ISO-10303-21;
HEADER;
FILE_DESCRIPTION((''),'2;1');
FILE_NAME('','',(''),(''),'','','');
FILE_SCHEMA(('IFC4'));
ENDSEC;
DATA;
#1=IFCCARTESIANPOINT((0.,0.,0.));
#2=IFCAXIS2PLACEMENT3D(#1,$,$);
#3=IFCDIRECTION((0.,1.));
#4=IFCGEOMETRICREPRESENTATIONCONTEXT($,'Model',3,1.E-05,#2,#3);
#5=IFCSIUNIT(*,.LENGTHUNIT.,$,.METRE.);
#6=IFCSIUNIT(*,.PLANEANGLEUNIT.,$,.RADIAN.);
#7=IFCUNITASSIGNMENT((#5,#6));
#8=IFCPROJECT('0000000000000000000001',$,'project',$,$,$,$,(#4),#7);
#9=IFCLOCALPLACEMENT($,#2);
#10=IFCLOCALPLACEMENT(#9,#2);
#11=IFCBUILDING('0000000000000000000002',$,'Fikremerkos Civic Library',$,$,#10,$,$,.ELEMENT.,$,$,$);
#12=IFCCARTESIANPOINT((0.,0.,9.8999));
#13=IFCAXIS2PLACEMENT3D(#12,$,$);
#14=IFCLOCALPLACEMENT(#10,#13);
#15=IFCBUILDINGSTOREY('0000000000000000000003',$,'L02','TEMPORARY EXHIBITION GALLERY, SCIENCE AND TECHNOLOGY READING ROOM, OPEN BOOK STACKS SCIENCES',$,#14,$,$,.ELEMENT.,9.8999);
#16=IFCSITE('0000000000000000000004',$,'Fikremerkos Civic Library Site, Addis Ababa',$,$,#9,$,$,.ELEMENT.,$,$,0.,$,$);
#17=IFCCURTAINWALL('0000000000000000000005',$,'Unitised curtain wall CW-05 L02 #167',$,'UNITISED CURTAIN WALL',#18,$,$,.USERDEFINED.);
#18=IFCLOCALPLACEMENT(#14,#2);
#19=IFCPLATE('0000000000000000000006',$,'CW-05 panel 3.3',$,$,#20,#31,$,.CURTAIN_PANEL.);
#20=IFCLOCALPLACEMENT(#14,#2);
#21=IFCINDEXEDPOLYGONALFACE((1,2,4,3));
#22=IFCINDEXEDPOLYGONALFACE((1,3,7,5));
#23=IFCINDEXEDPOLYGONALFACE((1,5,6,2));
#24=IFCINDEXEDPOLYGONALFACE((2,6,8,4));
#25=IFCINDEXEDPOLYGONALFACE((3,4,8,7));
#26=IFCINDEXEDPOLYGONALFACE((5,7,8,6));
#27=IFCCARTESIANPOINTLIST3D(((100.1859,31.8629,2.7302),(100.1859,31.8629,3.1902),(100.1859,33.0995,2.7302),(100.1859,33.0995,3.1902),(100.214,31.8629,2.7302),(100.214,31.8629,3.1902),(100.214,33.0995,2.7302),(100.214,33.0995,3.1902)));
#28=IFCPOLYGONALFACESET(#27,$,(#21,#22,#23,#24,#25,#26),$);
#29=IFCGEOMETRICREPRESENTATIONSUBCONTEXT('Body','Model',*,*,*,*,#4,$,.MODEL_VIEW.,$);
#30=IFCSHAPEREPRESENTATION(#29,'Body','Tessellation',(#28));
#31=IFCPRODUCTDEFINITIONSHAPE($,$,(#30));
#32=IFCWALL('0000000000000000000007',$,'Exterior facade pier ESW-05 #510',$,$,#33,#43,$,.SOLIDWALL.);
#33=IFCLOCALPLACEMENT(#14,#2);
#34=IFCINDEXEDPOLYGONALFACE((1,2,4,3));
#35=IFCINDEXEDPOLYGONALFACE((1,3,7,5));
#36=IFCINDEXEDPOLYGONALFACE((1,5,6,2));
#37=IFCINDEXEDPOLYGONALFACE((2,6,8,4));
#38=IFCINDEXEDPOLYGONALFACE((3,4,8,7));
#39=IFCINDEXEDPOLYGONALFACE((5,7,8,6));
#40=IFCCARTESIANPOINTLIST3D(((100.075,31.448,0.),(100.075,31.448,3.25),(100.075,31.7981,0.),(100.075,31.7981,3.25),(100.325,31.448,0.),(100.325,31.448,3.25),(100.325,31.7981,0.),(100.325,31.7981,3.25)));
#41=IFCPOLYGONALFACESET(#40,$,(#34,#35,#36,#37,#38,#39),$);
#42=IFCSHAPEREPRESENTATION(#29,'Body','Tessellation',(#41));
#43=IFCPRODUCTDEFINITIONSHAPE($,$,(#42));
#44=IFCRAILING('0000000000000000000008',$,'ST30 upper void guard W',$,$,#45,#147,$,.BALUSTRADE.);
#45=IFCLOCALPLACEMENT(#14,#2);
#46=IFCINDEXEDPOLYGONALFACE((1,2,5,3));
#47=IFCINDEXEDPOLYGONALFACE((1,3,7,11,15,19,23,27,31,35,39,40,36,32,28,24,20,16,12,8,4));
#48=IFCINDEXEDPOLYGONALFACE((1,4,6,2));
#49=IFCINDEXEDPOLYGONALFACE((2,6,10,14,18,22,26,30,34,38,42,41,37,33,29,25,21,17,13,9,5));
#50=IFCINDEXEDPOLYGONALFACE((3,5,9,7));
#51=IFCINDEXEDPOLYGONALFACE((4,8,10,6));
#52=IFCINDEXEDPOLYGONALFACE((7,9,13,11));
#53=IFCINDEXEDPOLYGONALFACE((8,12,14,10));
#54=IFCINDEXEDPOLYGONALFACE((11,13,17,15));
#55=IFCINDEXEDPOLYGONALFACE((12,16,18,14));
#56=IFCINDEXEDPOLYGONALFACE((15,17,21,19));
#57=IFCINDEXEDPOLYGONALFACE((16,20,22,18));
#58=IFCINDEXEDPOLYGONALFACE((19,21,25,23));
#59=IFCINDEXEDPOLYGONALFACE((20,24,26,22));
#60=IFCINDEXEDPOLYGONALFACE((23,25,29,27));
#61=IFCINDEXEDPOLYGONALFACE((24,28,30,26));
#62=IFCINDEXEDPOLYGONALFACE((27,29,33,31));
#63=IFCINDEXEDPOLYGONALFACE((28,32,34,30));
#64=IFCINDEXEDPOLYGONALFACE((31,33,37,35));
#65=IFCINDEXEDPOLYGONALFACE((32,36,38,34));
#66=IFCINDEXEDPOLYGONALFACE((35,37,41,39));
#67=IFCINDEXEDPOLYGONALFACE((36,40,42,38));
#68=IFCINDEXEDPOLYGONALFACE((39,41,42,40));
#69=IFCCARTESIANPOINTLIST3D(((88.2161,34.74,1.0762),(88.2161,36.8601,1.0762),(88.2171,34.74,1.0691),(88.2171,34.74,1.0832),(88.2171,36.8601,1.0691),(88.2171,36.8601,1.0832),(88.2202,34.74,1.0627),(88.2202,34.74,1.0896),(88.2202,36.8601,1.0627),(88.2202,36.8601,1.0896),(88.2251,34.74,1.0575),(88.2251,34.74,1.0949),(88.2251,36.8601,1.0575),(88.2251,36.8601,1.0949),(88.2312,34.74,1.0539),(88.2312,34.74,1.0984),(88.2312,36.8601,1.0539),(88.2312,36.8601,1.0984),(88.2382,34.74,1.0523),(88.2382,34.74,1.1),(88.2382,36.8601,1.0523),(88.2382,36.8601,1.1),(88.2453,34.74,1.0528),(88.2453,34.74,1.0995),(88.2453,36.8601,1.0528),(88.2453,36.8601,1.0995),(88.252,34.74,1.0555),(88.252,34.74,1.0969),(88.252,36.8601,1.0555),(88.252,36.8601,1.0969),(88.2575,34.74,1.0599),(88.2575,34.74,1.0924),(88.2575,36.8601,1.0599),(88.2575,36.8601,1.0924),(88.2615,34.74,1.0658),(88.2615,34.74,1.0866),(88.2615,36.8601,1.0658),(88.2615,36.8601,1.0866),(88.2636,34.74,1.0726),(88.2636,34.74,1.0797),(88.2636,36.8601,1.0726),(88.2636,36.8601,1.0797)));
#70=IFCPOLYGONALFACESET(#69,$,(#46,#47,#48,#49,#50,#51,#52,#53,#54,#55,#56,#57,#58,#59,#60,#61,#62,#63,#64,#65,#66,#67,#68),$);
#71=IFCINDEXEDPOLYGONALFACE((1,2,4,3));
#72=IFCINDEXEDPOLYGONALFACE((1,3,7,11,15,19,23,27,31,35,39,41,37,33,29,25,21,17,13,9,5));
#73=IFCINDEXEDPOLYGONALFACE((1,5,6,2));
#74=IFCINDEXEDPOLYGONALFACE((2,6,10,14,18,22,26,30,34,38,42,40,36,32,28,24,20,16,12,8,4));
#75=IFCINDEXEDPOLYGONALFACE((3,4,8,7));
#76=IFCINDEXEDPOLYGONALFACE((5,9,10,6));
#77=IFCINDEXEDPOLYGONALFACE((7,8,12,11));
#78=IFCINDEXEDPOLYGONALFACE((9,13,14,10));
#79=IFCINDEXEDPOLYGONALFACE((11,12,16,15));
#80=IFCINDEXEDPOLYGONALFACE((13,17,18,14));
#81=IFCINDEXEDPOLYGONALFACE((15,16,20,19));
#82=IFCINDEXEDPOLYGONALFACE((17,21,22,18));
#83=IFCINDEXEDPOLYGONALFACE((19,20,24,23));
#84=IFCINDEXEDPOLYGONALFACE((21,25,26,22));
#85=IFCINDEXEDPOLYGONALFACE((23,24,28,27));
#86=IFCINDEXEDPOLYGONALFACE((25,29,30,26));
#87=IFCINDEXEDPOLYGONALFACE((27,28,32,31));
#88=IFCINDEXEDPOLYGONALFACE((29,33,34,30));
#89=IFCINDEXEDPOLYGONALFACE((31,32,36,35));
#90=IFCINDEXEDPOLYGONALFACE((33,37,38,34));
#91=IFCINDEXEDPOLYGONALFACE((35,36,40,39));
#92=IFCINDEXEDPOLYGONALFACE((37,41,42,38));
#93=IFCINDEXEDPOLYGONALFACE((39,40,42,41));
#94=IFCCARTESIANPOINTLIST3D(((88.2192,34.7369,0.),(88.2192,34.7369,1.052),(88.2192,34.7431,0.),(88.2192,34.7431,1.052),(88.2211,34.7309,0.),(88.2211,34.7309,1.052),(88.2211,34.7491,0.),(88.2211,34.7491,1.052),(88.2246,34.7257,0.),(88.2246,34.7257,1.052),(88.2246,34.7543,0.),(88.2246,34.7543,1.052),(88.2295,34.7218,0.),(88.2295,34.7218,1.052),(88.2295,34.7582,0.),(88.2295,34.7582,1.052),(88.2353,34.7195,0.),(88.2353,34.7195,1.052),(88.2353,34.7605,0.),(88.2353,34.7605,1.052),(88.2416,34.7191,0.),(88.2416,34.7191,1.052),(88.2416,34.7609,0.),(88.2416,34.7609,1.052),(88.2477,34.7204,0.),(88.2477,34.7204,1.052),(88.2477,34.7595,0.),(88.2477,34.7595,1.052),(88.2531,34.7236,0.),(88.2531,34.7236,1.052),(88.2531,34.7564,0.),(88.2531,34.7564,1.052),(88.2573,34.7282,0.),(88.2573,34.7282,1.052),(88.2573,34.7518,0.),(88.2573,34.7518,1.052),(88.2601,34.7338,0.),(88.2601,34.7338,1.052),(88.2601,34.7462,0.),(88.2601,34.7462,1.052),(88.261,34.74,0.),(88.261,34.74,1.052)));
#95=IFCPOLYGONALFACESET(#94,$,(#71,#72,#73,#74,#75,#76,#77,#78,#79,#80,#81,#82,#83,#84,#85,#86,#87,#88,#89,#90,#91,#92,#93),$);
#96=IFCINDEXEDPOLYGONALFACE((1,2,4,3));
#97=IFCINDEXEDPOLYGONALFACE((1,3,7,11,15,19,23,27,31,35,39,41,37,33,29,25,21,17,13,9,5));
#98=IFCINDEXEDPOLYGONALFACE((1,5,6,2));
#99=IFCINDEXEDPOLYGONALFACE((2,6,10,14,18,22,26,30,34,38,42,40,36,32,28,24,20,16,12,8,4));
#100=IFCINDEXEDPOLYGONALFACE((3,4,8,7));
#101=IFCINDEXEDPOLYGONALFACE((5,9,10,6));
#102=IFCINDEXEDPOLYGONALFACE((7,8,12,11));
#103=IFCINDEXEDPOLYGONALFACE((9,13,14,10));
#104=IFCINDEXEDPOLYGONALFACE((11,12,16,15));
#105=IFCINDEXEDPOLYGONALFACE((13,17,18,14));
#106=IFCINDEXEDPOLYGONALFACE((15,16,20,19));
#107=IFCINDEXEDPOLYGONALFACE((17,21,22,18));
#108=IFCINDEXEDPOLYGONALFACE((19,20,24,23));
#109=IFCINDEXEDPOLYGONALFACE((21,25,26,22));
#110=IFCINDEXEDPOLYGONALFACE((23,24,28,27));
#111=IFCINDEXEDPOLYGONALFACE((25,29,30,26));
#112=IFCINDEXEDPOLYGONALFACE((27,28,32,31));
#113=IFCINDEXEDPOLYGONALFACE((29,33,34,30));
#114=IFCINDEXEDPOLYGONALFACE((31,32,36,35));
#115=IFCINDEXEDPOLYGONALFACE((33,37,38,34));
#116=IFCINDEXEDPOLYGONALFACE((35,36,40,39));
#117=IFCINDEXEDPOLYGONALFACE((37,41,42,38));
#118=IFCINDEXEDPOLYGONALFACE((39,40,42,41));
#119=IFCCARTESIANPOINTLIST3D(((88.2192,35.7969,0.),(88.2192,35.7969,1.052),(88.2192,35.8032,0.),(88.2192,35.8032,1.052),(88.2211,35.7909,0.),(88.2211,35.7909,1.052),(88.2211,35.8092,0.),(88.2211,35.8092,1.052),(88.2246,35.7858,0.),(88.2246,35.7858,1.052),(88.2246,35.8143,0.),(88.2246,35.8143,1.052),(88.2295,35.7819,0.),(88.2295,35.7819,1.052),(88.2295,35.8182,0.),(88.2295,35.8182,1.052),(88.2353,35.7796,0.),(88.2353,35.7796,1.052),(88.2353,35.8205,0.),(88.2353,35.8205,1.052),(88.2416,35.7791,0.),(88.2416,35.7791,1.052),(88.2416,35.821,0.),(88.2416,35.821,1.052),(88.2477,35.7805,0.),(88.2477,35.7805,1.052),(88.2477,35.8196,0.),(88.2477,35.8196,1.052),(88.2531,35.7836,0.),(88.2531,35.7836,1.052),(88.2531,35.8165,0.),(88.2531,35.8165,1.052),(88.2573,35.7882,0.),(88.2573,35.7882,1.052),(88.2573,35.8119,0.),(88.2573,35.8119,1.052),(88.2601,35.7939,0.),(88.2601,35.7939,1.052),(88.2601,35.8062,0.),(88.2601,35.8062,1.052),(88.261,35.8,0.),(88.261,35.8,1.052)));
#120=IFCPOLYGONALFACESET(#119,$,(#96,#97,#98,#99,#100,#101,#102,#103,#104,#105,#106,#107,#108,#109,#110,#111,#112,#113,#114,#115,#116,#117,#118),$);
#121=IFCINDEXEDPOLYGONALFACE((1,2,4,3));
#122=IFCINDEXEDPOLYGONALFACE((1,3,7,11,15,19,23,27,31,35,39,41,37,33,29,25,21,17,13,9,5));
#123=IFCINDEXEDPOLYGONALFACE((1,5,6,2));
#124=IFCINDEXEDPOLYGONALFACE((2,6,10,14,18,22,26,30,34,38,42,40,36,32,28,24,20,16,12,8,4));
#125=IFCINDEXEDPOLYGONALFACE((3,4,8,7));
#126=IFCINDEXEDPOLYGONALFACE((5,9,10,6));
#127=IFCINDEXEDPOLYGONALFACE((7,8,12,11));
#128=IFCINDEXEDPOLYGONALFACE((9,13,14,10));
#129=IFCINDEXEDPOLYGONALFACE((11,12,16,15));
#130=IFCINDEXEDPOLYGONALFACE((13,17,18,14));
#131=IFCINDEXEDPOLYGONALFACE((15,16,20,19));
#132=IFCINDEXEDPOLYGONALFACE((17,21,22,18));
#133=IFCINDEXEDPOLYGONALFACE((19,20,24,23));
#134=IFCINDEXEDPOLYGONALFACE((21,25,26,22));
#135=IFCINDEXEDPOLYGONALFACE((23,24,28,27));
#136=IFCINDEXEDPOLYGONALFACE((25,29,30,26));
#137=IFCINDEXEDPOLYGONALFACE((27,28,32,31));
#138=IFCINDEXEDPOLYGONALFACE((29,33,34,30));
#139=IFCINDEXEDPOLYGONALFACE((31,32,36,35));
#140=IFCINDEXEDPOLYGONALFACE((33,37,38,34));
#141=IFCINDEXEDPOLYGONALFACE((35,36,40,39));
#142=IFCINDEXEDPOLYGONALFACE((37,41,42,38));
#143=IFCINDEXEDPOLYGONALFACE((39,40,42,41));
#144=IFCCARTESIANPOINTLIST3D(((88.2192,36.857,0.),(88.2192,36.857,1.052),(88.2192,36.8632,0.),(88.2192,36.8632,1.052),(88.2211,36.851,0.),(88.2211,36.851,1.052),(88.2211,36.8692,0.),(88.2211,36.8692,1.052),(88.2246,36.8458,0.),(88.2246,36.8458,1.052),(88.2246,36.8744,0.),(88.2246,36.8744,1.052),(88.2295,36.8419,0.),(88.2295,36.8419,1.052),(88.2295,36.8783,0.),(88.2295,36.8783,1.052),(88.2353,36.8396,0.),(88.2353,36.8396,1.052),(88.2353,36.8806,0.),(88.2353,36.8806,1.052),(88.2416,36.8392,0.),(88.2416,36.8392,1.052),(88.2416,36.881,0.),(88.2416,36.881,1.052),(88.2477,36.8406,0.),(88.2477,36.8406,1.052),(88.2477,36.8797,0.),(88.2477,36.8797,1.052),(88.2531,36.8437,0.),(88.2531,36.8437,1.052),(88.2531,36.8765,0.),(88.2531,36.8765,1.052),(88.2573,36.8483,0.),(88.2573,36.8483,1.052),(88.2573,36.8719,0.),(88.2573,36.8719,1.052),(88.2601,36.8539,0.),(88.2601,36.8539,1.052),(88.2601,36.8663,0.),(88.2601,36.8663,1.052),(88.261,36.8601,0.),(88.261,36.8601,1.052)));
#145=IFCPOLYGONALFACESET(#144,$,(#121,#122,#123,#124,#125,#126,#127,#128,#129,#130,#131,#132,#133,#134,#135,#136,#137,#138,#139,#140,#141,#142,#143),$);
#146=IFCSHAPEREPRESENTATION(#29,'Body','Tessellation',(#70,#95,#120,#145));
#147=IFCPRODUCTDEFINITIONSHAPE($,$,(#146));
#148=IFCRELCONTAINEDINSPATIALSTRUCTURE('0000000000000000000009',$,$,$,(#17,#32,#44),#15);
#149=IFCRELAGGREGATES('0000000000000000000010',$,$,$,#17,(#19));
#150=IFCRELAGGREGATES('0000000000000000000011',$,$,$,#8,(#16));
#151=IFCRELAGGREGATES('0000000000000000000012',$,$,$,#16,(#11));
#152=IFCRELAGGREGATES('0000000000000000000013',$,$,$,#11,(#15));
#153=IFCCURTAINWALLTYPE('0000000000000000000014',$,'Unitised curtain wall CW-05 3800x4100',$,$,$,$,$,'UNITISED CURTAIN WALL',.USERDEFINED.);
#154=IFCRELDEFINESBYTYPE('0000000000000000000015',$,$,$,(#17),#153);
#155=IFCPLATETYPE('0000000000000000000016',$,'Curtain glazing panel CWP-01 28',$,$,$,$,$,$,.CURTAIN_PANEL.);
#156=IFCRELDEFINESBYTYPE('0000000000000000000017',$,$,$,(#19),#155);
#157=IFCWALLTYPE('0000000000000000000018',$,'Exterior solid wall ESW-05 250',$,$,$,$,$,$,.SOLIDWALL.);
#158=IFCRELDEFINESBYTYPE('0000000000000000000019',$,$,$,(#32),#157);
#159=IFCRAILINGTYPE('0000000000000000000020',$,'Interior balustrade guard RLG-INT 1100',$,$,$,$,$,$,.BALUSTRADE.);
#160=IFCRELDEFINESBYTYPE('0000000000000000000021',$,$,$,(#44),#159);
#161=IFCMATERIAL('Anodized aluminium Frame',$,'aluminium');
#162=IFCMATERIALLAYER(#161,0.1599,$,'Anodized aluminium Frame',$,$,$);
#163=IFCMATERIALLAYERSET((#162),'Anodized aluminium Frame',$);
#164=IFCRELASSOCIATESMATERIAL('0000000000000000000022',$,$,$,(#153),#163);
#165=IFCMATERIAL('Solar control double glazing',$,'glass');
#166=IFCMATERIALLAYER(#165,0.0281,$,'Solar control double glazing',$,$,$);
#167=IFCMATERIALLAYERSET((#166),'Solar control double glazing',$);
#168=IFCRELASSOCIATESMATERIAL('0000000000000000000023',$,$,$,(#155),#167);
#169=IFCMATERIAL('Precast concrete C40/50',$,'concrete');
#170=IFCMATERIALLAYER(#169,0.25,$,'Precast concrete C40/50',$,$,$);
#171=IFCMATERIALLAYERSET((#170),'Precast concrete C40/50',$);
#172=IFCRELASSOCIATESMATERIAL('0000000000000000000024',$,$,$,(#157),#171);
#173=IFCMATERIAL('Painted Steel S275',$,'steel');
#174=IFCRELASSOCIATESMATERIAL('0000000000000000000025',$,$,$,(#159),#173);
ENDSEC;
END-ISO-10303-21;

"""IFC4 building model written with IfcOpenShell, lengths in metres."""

from ifc_helpers import new_model, si_unit, direction, frame, frame_2d, origin, origin_2d, place, context, subcontext, project, spatial, rectangle, circle, extrude, material, layer, layer_set, type_object, element, aggregate, save


model = new_model("IFC4")

# Units and contexts
model_context = context("Model", 3, precision=1e-05, world=origin(), true_north=direction((0.0, 1.0)))
body_context = subcontext(model_context, "Body", "Model", "MODEL_VIEW")
ifc_project = project(units=[si_unit("LENGTHUNIT", "METRE"), si_unit("PLANEANGLEUNIT", "RADIAN")], contexts=[model_context])

# Site, building, storey
site_placement = place(None, origin())
site = spatial("IfcSite", under=ifc_project, at=site_placement, Name="Fikremerkos Civic Library Site, Addis Ababa", CompositionType="ELEMENT", RefElevation=0.0)
building_placement = place(site_placement, origin())
building = spatial("IfcBuilding", under=site, at=building_placement, Name="Fikremerkos Civic Library", CompositionType="ELEMENT")
storey_placement = place(building_placement, frame((0.0, 0.0, 9.8999)))
storey = spatial("IfcBuildingStorey", under=building, at=storey_placement, Name="L02", Description="TEMPORARY EXHIBITION GALLERY, SCIENCE AND TECHNOLOGY READING ROOM, OPEN BOOK STACKS SCIENCES", CompositionType="ELEMENT", Elevation=9.8999)

# Curtain wall
ifc_material_1 = material(Name="Anodized aluminium Frame", Category="aluminium")
ifc_layer_1 = layer(ifc_material_1, 0.1599, Name="Anodized aluminium Frame")
ifc_layer_set_1 = layer_set([ifc_layer_1], Name="Anodized aluminium Frame")
curtain_wall_type = type_object("IfcCurtainWallType", Name="Unitised curtain wall CW-05 3800x4100", ElementType="UNITISED CURTAIN WALL", PredefinedType="USERDEFINED", material=ifc_layer_set_1)
curtain_wall_placement = place(storey_placement, origin())
curtain_wall = element("IfcCurtainWall", 1, at=curtain_wall_placement, inside=storey, type_object=curtain_wall_type, Name="Unitised curtain wall CW-05 L02 #167", ObjectType="UNITISED CURTAIN WALL", PredefinedType="USERDEFINED")

# Plate
ifc_material_2 = material(Name="Solar control double glazing", Category="glass")
ifc_layer_2 = layer(ifc_material_2, 0.0281, Name="Solar control double glazing")
ifc_layer_set_2 = layer_set([ifc_layer_2], Name="Solar control double glazing")
plate_type = type_object("IfcPlateType", Name="Curtain glazing panel CWP-01 28", PredefinedType="CURTAIN_PANEL", material=ifc_layer_set_2)
plate_1_placement = place(storey_placement, frame((100.2, 32.4812, 2.7302), z_axis=(0.0, 0.0, 1.0), x_axis=(0.0, -1.0, 0.0)))
plate_1 = element("IfcPlate", 2, at=plate_1_placement, type_object=plate_type, Name="CW-05 panel 3.3", PredefinedType="CURTAIN_PANEL", context=body_context, shape_type="SweptSolid", body=[
    extrude(rectangle(XDim=1.2366, YDim=0.0281, at=origin_2d()), origin(), (0.0, 0.0, 1.0), 0.46),
])
aggregate(curtain_wall, [plate_1])

# Wall
ifc_material_3 = material(Name="Precast concrete C40/50", Category="concrete")
ifc_layer_3 = layer(ifc_material_3, 0.25, Name="Precast concrete C40/50")
ifc_layer_set_3 = layer_set([ifc_layer_3], Name="Precast concrete C40/50")
wall_type = type_object("IfcWallType", Name="Exterior solid wall ESW-05 250", PredefinedType="SOLIDWALL", material=ifc_layer_set_3)
wall_placement = place(storey_placement, frame((100.2, 31.7981, 0.0), z_axis=(0.0, 0.0, 1.0), x_axis=(0.0, -1.0, 0.0)))
element("IfcWall", 3, at=wall_placement, inside=storey, type_object=wall_type, Name="Exterior facade pier ESW-05 #510", PredefinedType="SOLIDWALL", context=body_context, shape_type="SweptSolid", body=[
    extrude(rectangle(XDim=0.3501, YDim=0.25, at=frame_2d((0.175, 0.0))), origin(), (0.0, 0.0, 1.0), 3.25),
])

# Railing
ifc_material_4 = material(Name="Painted Steel S275", Category="steel")
railing_type = type_object("IfcRailingType", Name="Interior balustrade guard RLG-INT 1100", PredefinedType="BALUSTRADE", material=ifc_material_4)
railing_placement = place(storey_placement, frame((88.24, 34.74, 0.0)))
element("IfcRailing", 4, at=railing_placement, inside=storey, type_object=railing_type, Name="ST30 upper void guard W", PredefinedType="BALUSTRADE", context=body_context, shape_type="SweptSolid", body=[
    extrude(circle(Radius=0.0239, at=origin_2d()), frame((0.0, 0.0, 1.0762), z_axis=(0.0, 1.0, 0.0), x_axis=(-1.0, 0.0, 0.0)), (0.0, 0.0, 1.0), 2.1201),
    extrude(circle(Radius=0.021, at=origin_2d()), origin(), (0.0, 0.0, 1.0), 1.052),
    extrude(circle(Radius=0.021, at=origin_2d()), frame((0.0, 1.0601, 0.0)), (0.0, 0.0, 1.0), 1.052),
    extrude(circle(Radius=0.021, at=origin_2d()), frame((0.0, 2.1201, 0.0)), (0.0, 0.0, 1.0), 1.052),
])

save(model, "model.ifc")
